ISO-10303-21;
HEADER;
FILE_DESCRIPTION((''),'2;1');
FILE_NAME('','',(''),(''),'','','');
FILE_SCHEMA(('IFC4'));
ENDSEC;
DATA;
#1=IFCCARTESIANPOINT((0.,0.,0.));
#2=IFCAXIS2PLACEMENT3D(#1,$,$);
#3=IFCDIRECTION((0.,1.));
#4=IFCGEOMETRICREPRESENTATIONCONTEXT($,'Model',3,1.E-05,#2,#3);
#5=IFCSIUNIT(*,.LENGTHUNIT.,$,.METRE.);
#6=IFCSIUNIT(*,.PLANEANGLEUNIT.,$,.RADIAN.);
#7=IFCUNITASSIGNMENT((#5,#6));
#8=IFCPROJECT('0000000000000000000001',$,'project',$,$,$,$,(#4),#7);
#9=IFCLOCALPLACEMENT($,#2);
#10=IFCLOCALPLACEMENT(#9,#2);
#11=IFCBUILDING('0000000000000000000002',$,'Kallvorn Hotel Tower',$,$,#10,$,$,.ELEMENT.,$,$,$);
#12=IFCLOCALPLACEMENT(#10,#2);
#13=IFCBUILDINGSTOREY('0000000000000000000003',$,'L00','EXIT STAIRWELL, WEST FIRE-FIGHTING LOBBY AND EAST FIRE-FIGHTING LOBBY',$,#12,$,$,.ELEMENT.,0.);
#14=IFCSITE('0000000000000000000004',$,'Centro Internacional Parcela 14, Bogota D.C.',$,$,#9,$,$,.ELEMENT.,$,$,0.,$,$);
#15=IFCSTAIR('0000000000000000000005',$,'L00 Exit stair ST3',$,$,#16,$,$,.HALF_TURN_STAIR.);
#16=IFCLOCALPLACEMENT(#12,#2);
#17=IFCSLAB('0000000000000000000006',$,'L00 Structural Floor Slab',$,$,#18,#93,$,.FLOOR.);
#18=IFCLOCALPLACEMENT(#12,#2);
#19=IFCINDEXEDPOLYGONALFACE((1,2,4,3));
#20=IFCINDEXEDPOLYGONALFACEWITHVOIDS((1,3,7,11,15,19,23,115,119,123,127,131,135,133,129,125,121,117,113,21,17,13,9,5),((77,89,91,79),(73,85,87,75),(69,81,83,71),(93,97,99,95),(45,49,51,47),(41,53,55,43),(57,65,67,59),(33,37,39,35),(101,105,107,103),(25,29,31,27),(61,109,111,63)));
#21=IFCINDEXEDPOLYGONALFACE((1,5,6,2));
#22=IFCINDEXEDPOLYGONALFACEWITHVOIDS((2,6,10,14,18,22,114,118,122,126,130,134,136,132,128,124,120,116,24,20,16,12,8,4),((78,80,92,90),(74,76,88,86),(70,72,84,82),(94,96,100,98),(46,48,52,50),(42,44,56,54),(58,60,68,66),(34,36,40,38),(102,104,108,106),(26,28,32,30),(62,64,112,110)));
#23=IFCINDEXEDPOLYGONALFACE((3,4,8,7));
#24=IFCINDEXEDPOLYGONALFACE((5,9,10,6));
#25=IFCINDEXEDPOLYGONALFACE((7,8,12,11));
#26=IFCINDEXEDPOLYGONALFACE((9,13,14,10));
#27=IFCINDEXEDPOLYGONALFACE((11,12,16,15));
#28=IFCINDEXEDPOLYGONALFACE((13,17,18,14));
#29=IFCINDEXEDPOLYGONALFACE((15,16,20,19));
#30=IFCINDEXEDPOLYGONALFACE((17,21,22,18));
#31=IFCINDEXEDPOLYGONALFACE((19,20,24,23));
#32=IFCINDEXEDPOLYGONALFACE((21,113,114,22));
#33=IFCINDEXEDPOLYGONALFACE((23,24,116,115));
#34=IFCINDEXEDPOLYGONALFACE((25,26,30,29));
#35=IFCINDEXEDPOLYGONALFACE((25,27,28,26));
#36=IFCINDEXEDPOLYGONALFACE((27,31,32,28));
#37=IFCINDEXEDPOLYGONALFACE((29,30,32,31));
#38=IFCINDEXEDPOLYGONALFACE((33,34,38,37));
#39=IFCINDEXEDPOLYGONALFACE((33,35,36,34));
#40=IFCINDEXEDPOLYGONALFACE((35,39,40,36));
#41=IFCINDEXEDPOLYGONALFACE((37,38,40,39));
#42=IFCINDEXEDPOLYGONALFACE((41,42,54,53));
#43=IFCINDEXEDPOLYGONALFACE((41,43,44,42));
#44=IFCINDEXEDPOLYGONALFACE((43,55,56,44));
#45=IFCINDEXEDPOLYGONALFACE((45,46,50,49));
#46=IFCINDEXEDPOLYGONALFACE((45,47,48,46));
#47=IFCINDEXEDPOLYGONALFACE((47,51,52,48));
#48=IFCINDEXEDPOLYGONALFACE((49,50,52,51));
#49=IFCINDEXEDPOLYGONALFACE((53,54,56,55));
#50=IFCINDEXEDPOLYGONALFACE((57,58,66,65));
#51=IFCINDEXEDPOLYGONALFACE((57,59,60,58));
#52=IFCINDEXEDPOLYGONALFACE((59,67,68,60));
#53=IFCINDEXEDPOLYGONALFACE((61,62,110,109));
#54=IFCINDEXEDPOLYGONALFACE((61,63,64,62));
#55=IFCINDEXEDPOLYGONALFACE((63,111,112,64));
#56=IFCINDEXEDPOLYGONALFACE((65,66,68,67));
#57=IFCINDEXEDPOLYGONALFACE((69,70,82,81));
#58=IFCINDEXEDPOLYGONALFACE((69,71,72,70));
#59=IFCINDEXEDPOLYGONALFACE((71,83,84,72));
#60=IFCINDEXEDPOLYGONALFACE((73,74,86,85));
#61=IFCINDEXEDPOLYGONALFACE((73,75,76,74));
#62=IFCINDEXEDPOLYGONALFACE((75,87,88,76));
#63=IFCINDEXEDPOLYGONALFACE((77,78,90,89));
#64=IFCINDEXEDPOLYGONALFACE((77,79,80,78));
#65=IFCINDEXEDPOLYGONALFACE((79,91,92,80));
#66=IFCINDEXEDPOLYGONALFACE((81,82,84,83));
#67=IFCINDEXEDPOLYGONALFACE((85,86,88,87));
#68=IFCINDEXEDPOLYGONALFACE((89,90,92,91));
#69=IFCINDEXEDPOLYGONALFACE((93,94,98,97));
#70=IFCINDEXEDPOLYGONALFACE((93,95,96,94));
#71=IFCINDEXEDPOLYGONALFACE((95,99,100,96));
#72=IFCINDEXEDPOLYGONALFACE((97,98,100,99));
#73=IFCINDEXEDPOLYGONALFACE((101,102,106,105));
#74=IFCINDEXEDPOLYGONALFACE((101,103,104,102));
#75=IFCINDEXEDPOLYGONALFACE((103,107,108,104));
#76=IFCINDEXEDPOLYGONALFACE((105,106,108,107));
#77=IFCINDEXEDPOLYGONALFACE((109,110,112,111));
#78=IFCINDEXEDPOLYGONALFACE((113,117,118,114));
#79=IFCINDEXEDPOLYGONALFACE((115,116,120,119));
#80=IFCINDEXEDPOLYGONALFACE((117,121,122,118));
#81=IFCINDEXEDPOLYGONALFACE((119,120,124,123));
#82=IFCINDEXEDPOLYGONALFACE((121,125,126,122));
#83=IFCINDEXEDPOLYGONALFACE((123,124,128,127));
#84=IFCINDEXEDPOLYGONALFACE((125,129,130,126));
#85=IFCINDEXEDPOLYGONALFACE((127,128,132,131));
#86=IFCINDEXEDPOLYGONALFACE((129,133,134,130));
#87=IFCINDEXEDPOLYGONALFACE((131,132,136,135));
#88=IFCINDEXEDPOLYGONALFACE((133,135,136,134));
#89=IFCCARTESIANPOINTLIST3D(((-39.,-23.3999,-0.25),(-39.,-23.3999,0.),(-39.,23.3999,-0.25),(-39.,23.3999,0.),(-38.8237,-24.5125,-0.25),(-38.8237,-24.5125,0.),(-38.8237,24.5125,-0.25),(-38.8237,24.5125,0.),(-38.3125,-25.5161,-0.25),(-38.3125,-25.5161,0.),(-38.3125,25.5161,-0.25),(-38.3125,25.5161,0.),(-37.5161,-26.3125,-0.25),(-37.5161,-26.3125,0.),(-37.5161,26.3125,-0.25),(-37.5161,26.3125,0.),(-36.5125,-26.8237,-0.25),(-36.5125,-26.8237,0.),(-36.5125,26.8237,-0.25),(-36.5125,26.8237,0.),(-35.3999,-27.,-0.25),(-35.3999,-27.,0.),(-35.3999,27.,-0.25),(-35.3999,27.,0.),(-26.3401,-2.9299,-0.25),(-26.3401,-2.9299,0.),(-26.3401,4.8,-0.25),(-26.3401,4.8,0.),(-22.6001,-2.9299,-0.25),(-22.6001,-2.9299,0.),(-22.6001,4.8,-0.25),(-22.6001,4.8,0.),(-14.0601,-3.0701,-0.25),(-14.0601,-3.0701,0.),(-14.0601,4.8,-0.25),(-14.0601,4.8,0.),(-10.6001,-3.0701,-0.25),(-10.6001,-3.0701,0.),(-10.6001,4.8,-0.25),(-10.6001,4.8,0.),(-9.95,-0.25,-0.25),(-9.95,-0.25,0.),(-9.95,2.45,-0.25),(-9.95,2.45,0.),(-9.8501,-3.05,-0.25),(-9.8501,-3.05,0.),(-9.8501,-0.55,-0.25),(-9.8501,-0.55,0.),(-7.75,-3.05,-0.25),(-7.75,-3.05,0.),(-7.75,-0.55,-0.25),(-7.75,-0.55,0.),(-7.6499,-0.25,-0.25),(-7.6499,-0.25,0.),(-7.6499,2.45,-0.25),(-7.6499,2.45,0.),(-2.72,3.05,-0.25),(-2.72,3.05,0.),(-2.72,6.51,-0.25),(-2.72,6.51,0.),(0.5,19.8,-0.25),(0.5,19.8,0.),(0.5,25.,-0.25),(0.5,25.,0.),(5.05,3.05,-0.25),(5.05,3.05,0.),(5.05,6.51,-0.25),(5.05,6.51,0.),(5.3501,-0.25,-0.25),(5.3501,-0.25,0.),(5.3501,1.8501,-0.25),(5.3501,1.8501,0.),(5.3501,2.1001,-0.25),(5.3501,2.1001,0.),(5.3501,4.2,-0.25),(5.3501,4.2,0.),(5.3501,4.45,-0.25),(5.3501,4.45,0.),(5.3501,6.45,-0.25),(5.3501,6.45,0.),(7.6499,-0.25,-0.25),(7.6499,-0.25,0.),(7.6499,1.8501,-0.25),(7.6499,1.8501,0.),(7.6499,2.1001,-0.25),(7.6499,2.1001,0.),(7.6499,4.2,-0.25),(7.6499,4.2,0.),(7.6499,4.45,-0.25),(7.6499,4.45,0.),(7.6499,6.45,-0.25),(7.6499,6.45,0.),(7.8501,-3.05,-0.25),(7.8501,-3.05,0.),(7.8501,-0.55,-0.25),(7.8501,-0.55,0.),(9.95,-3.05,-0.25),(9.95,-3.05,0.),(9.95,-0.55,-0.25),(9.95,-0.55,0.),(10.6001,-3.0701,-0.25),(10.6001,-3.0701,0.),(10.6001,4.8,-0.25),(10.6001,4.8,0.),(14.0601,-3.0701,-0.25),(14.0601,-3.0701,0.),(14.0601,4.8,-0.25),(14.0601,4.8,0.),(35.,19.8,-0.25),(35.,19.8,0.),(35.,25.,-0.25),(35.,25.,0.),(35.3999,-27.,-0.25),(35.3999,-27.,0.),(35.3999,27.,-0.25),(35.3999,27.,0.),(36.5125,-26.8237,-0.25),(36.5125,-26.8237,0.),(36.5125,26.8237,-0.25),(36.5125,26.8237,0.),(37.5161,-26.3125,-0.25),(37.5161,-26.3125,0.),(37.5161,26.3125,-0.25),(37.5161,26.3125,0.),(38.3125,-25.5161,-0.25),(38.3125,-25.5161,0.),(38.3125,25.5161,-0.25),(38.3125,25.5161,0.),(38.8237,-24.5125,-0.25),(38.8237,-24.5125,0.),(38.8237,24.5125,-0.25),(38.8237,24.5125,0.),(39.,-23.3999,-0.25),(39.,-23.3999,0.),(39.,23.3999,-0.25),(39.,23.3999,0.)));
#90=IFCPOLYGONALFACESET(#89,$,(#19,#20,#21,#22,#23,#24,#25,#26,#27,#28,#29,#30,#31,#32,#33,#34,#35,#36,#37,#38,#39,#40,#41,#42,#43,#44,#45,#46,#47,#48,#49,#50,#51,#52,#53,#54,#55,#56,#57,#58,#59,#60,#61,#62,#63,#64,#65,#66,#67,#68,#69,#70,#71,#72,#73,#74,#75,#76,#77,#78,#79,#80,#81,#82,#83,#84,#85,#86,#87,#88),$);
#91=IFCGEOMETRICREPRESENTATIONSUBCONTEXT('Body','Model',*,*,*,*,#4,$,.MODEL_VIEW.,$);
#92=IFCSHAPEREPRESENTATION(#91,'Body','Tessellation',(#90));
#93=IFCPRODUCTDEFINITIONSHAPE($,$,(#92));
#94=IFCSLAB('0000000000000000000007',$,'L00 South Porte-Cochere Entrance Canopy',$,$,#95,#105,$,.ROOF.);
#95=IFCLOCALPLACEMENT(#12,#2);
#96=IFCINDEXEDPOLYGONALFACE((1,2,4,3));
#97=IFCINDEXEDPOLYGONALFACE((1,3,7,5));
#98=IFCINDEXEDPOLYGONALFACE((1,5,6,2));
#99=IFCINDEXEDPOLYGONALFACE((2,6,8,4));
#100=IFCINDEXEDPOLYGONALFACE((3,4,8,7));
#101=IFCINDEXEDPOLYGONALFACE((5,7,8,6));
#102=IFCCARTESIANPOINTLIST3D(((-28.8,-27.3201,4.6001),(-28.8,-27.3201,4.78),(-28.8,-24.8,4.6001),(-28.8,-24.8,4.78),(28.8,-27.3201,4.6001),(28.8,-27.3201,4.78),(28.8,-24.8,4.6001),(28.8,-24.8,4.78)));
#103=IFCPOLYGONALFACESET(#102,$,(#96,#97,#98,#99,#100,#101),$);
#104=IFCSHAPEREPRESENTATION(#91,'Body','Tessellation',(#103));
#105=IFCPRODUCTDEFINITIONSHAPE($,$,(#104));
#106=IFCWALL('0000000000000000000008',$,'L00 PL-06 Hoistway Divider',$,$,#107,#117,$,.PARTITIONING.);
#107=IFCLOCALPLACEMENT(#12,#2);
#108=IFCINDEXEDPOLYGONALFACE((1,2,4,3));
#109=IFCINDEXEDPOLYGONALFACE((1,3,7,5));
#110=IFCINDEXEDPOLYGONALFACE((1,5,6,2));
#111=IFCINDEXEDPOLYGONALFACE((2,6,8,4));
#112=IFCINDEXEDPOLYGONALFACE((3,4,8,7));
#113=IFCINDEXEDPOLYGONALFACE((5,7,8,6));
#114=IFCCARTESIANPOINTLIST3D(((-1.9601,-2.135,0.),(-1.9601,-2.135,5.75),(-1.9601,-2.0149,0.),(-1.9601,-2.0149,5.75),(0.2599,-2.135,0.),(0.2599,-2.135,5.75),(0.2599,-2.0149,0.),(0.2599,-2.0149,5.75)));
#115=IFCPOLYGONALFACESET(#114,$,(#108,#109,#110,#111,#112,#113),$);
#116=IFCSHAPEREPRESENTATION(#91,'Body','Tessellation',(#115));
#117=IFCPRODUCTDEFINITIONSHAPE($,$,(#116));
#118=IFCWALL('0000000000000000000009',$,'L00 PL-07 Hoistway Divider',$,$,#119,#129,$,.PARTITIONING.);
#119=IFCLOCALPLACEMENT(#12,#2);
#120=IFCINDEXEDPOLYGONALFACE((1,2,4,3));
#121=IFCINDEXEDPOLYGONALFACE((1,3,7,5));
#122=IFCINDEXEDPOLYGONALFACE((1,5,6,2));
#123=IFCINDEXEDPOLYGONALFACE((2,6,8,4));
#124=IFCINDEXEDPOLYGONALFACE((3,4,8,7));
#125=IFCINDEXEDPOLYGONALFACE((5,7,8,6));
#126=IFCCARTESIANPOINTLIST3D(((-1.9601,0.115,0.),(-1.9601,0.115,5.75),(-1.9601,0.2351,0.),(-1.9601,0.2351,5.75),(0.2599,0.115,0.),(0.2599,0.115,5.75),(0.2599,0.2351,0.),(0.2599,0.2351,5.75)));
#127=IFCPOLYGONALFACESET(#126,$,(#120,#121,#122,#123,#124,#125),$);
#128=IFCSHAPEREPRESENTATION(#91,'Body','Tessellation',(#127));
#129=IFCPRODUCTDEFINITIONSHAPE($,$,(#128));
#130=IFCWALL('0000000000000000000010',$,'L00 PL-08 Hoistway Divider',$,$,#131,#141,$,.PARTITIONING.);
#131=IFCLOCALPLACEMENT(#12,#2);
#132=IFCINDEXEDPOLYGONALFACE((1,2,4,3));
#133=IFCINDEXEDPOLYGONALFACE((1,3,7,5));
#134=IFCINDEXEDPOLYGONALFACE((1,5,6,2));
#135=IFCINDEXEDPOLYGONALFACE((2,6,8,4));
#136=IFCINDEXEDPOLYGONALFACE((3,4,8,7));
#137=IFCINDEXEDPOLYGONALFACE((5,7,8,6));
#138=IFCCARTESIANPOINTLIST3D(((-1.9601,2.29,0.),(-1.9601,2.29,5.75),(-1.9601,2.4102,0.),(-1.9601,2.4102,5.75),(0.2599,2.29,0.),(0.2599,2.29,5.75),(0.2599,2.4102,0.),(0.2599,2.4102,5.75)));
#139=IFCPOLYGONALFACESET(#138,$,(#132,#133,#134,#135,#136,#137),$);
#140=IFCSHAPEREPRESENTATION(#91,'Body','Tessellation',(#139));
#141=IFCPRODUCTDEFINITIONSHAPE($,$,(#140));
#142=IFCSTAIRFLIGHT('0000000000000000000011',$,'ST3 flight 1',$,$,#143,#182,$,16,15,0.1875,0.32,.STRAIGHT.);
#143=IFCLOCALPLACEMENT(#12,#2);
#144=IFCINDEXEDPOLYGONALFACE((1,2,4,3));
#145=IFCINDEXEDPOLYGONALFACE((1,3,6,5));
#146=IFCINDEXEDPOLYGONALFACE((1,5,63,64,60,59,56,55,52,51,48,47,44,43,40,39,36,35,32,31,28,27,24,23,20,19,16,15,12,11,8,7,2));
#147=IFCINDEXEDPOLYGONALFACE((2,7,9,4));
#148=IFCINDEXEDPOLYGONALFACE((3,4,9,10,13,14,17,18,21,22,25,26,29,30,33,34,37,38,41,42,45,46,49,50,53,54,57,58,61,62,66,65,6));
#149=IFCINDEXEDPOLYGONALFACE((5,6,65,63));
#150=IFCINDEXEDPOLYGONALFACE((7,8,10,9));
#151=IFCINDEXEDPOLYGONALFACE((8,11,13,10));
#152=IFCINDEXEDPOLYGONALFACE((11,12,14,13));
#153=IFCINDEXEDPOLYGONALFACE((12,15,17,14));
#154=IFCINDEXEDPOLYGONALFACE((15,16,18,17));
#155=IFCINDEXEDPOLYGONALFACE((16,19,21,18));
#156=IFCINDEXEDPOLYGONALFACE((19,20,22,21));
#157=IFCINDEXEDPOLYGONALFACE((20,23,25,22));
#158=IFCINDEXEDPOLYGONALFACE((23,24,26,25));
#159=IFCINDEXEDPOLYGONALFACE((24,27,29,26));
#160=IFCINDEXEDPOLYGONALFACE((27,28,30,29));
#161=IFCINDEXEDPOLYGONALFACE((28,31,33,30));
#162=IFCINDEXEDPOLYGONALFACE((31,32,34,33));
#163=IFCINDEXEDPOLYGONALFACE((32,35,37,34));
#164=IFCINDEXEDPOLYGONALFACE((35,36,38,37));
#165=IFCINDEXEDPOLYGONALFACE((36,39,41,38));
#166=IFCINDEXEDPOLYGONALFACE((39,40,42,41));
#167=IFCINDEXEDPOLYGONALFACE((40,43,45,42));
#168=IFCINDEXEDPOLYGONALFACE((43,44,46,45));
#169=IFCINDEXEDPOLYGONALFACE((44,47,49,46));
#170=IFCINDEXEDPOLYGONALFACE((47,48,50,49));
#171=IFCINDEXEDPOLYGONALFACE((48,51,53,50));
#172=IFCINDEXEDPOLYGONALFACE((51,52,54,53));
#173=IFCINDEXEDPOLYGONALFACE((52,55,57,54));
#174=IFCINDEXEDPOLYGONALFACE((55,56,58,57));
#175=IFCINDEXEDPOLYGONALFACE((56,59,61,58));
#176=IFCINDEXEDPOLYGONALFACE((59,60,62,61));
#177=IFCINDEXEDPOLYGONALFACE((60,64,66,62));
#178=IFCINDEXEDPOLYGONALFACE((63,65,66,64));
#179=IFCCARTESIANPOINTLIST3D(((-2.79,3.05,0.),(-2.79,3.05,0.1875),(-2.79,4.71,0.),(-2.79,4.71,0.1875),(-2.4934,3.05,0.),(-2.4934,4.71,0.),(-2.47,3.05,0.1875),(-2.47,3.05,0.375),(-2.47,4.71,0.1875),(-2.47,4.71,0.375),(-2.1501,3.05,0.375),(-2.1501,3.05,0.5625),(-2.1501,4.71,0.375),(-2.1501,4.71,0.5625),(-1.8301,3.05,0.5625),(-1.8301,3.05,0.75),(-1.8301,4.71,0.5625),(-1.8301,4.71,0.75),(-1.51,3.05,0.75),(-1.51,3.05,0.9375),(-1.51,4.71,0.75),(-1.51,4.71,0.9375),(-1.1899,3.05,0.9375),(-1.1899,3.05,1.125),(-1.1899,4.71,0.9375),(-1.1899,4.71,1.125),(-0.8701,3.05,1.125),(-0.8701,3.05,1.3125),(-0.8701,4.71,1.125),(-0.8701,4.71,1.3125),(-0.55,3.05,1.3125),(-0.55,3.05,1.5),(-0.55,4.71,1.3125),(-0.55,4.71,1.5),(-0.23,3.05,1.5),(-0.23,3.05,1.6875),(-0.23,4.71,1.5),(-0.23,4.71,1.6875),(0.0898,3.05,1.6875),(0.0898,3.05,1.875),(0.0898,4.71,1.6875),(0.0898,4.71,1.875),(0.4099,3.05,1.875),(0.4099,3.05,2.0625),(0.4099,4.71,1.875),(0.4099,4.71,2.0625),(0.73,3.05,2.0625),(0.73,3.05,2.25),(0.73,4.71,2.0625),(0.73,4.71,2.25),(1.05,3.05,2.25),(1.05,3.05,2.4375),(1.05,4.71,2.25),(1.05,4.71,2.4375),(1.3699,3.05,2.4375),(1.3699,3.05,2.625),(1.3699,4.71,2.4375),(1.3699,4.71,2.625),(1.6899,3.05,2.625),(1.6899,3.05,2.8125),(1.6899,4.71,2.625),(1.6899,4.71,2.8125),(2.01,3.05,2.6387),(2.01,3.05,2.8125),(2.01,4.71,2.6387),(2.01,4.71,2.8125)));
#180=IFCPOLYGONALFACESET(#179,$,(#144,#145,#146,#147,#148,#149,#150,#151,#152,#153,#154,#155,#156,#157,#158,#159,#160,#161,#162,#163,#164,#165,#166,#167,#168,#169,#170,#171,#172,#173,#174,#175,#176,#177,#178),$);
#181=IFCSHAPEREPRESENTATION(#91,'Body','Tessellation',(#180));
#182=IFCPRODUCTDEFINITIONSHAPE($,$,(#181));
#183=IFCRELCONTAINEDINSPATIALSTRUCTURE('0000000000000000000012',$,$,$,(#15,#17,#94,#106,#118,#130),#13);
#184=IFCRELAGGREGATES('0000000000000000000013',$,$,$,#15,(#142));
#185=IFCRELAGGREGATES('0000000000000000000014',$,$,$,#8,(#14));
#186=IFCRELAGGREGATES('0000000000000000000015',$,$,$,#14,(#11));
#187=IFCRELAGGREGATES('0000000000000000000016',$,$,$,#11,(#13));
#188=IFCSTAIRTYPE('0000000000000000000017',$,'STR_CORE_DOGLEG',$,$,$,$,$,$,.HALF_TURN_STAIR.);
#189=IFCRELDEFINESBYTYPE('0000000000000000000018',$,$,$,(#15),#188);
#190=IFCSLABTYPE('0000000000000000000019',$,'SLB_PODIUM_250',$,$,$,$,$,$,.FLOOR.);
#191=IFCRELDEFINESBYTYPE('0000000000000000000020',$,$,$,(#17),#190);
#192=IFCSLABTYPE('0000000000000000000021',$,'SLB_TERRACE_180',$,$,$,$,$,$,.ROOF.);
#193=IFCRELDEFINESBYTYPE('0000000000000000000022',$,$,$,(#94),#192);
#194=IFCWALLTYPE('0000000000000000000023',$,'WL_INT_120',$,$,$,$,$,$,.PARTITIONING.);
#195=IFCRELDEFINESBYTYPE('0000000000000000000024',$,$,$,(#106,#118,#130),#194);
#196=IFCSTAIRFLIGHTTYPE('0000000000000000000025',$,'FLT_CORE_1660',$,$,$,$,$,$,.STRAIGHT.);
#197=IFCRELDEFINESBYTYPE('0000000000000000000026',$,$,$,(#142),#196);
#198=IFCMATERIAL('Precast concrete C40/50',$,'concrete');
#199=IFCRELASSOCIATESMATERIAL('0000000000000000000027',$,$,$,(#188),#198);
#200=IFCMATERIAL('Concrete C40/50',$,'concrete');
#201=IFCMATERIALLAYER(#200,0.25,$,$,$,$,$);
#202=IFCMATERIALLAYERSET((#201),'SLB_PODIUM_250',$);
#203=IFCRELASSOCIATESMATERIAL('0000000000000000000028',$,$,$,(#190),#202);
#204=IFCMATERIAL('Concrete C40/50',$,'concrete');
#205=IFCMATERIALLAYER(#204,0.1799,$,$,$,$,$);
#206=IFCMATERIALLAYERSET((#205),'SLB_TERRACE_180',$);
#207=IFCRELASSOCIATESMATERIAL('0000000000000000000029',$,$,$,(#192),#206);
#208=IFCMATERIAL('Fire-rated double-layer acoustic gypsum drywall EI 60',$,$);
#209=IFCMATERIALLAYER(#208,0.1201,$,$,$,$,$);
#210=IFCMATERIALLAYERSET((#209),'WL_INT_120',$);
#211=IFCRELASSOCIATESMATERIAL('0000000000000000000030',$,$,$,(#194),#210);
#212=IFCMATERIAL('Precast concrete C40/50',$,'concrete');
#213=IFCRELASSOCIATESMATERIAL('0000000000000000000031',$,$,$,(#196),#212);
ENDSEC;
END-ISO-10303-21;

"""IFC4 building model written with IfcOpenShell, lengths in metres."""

from ifc_helpers import new_model, si_unit, direction, frame, frame_2d, origin, place, context, subcontext, project, spatial, polyline, rectangle, outline, extrude, material, layer, layer_set, type_object, element, aggregate, save


model = new_model("IFC4")

# Units and contexts
model_context = context("Model", 3, precision=1e-05, world=origin(), true_north=direction((0.0, 1.0)))
body_context = subcontext(model_context, "Body", "Model", "MODEL_VIEW")
ifc_project = project(units=[si_unit("LENGTHUNIT", "METRE"), si_unit("PLANEANGLEUNIT", "RADIAN")], contexts=[model_context])

# Site, building, storey
site_placement = place(None, origin())
site = spatial("IfcSite", under=ifc_project, at=site_placement, Name="Centro Internacional Parcela 14, Bogota D.C.", CompositionType="ELEMENT", RefElevation=0.0)
building_placement = place(site_placement, origin())
building = spatial("IfcBuilding", under=site, at=building_placement, Name="Kallvorn Hotel Tower", CompositionType="ELEMENT")
storey_placement = place(building_placement, origin())
storey = spatial("IfcBuildingStorey", under=building, at=storey_placement, Name="L00", Description="EXIT STAIRWELL, WEST FIRE-FIGHTING LOBBY AND EAST FIRE-FIGHTING LOBBY", CompositionType="ELEMENT", Elevation=0.0)

# Stair
ifc_material_1 = material(Name="Precast concrete C40/50", Category="concrete")
stair_type_1 = type_object("IfcStairType", Name="STR_CORE_DOGLEG", PredefinedType="HALF_TURN_STAIR", material=ifc_material_1)
stair_1_placement = place(storey_placement, origin())
stair_1 = element("IfcStair", 1, at=stair_1_placement, inside=storey, type_object=stair_type_1, Name="L00 Exit stair ST3", PredefinedType="HALF_TURN_STAIR")

# Slabs
ifc_material_2 = material(Name="Concrete C40/50", Category="concrete")
ifc_layer_1 = layer(ifc_material_2, 0.25)
ifc_layer_set_1 = layer_set([ifc_layer_1], Name="SLB_PODIUM_250")
slab_type_1 = type_object("IfcSlabType", Name="SLB_PODIUM_250", PredefinedType="FLOOR", material=ifc_layer_set_1)
slab_1_placement = place(storey_placement, frame((0.0, 0.0, -0.25)))
element("IfcSlab", 2, at=slab_1_placement, inside=storey, type_object=slab_type_1, Name="L00 Structural Floor Slab", PredefinedType="FLOOR", context=body_context, shape_type="SweptSolid", body=[
    extrude(outline(polyline([(35.3999, -27.0), (36.5125, -26.8237), (37.5161, -26.3125), (38.3125, -25.5161), (38.8237, -24.5125), (39.0, -23.3999), (39.0, 23.3999), (38.8237, 24.5125), (38.3125, 25.5161), (37.5161, 26.3125), (36.5125, 26.8237), (35.3999, 27.0), (-35.3999, 27.0), (-36.5125, 26.8237), (-37.5161, 26.3125), (-38.3125, 25.5161), (-38.8237, 24.5125), (-39.0, 23.3999), (-39.0, -23.3999), (-38.8237, -24.5125), (-38.3125, -25.5161), (-37.5161, -26.3125), (-36.5125, -26.8237), (-35.3999, -27.0), (35.3999, -27.0)]), holes=[polyline([(-10.6001, -3.0701), (-10.6001, 4.8), (-14.0601, 4.8), (-14.0601, -3.0701), (-10.6001, -3.0701)]), polyline([(14.0601, -3.0701), (14.0601, 4.8), (10.6001, 4.8), (10.6001, -3.0701), (14.0601, -3.0701)]), polyline([(-2.72, 3.05), (5.05, 3.05), (5.05, 6.51), (-2.72, 6.51), (-2.72, 3.05)]), polyline([(-22.6001, -2.9299), (-22.6001, 4.8), (-26.3401, 4.8), (-26.3401, -2.9299), (-22.6001, -2.9299)]), polyline([(5.3501, -0.25), (7.6499, -0.25), (7.6499, 1.8501), (5.3501, 1.8501), (5.3501, -0.25)]), polyline([(5.3501, 2.1001), (7.6499, 2.1001), (7.6499, 4.2), (5.3501, 4.2), (5.3501, 2.1001)]), polyline([(5.3501, 4.45), (7.6499, 4.45), (7.6499, 6.45), (5.3501, 6.45), (5.3501, 4.45)]), polyline([(-9.8501, -3.05), (-7.75, -3.05), (-7.75, -0.55), (-9.8501, -0.55), (-9.8501, -3.05)]), polyline([(7.8501, -3.05), (9.95, -3.05), (9.95, -0.55), (7.8501, -0.55), (7.8501, -3.05)]), polyline([(-9.95, -0.25), (-7.6499, -0.25), (-7.6499, 2.45), (-9.95, 2.45), (-9.95, -0.25)]), polyline([(0.5, 19.8), (35.0, 19.8), (35.0, 25.0), (0.5, 25.0), (0.5, 19.8)])]), origin(), (0.0, 0.0, 1.0), 0.25),
])
ifc_material_3 = material(Name="Concrete C40/50", Category="concrete")
ifc_layer_2 = layer(ifc_material_3, 0.1799)
ifc_layer_set_2 = layer_set([ifc_layer_2], Name="SLB_TERRACE_180")
slab_type_2 = type_object("IfcSlabType", Name="SLB_TERRACE_180", PredefinedType="ROOF", material=ifc_layer_set_2)
slab_2_placement = place(storey_placement, frame((0.0, 0.0, 4.6001)))
element("IfcSlab", 3, at=slab_2_placement, inside=storey, type_object=slab_type_2, Name="L00 South Porte-Cochere Entrance Canopy", PredefinedType="ROOF", context=body_context, shape_type="SweptSolid", body=[
    extrude(outline(polyline([(-28.8, -27.3201), (28.8, -27.3201), (28.8, -24.8), (-28.8, -24.8), (-28.8, -27.3201)])), origin(), (0.0, 0.0, 1.0), 0.1799),
])

# Walls
ifc_material_4 = material(Name="Fire-rated double-layer acoustic gypsum drywall EI 60")
ifc_layer_3 = layer(ifc_material_4, 0.1201)
ifc_layer_set_3 = layer_set([ifc_layer_3], Name="WL_INT_120")
wall_type = type_object("IfcWallType", Name="WL_INT_120", PredefinedType="PARTITIONING", material=ifc_layer_set_3)
for number, where, z_axis, x_axis, name in (
    (4, (-1.96, -2.075, 0.0), (0.0, 0.0, 1.0), (1.0, 0.0, 0.0), "L00 PL-06 Hoistway Divider"),
    (5, (-1.96, 0.175, 0.0), (0.0, 0.0, 1.0), (1.0, 0.0, 0.0), "L00 PL-07 Hoistway Divider"),
    (6, (-1.96, 2.3501, 0.0), (0.0, 0.0, 1.0), (1.0, 0.0, 0.0), "L00 PL-08 Hoistway Divider"),
):
    element("IfcWall", number, at=place(storey_placement, frame(where, z_axis=z_axis, x_axis=x_axis)), inside=storey, type_object=wall_type, Name=name, PredefinedType="PARTITIONING", context=body_context, shape_type="SweptSolid", body=[
        extrude(rectangle(XDim=2.22, YDim=0.1201, at=frame_2d((1.1099, 0.0))), origin(), (0.0, 0.0, 1.0), 5.75),
    ])

# Stair flight
ifc_material_5 = material(Name="Precast concrete C40/50", Category="concrete")
stair_flight_type = type_object("IfcStairFlightType", Name="FLT_CORE_1660", PredefinedType="STRAIGHT", material=ifc_material_5)
stair_flight_placement = place(storey_placement, frame((-2.79, 3.8799, 0.0), z_axis=(0.0, 0.0, 1.0), x_axis=(1.0, 0.0, 0.0)))
stair_flight = element("IfcStairFlight", 7, at=stair_flight_placement, type_object=stair_flight_type, Name="ST3 flight 1", NumberOfRisers=16, NumberOfTreads=15, PredefinedType="STRAIGHT", RiserHeight=0.1875, TreadLength=0.32, context=body_context, shape_type="SweptSolid", body=[
    extrude(outline(polyline([(0.0, 0.0), (0.0, 0.1875), (0.3201, 0.1875), (0.3201, 0.375), (0.6399, 0.375), (0.6399, 0.5625), (0.96, 0.5625), (0.96, 0.75), (1.28, 0.75), (1.28, 0.9375), (1.6001, 0.9375), (1.6001, 1.125), (1.9199, 1.125), (1.9199, 1.3125), (2.24, 1.3125), (2.24, 1.5), (2.5601, 1.5), (2.5601, 1.6875), (2.8799, 1.6875), (2.8799, 1.875), (3.2, 1.875), (3.2, 2.0625), (3.52, 2.0625), (3.52, 2.25), (3.8401, 2.25), (3.8401, 2.4375), (4.1599, 2.4375), (4.1599, 2.625), (4.48, 2.625), (4.48, 2.8125), (4.8, 2.8125), (4.8, 3.0), (4.8, 2.6387), (0.2966, 0.0), (0.0, 0.0)])), frame((0.0, 0.8301, 0.0), z_axis=(0.0, -1.0, 0.0), x_axis=(1.0, 0.0, 0.0)), (0.0, 0.0, 1.0), 1.6599),
])
aggregate(stair_1, [stair_flight])

save(model, "model.ifc")
